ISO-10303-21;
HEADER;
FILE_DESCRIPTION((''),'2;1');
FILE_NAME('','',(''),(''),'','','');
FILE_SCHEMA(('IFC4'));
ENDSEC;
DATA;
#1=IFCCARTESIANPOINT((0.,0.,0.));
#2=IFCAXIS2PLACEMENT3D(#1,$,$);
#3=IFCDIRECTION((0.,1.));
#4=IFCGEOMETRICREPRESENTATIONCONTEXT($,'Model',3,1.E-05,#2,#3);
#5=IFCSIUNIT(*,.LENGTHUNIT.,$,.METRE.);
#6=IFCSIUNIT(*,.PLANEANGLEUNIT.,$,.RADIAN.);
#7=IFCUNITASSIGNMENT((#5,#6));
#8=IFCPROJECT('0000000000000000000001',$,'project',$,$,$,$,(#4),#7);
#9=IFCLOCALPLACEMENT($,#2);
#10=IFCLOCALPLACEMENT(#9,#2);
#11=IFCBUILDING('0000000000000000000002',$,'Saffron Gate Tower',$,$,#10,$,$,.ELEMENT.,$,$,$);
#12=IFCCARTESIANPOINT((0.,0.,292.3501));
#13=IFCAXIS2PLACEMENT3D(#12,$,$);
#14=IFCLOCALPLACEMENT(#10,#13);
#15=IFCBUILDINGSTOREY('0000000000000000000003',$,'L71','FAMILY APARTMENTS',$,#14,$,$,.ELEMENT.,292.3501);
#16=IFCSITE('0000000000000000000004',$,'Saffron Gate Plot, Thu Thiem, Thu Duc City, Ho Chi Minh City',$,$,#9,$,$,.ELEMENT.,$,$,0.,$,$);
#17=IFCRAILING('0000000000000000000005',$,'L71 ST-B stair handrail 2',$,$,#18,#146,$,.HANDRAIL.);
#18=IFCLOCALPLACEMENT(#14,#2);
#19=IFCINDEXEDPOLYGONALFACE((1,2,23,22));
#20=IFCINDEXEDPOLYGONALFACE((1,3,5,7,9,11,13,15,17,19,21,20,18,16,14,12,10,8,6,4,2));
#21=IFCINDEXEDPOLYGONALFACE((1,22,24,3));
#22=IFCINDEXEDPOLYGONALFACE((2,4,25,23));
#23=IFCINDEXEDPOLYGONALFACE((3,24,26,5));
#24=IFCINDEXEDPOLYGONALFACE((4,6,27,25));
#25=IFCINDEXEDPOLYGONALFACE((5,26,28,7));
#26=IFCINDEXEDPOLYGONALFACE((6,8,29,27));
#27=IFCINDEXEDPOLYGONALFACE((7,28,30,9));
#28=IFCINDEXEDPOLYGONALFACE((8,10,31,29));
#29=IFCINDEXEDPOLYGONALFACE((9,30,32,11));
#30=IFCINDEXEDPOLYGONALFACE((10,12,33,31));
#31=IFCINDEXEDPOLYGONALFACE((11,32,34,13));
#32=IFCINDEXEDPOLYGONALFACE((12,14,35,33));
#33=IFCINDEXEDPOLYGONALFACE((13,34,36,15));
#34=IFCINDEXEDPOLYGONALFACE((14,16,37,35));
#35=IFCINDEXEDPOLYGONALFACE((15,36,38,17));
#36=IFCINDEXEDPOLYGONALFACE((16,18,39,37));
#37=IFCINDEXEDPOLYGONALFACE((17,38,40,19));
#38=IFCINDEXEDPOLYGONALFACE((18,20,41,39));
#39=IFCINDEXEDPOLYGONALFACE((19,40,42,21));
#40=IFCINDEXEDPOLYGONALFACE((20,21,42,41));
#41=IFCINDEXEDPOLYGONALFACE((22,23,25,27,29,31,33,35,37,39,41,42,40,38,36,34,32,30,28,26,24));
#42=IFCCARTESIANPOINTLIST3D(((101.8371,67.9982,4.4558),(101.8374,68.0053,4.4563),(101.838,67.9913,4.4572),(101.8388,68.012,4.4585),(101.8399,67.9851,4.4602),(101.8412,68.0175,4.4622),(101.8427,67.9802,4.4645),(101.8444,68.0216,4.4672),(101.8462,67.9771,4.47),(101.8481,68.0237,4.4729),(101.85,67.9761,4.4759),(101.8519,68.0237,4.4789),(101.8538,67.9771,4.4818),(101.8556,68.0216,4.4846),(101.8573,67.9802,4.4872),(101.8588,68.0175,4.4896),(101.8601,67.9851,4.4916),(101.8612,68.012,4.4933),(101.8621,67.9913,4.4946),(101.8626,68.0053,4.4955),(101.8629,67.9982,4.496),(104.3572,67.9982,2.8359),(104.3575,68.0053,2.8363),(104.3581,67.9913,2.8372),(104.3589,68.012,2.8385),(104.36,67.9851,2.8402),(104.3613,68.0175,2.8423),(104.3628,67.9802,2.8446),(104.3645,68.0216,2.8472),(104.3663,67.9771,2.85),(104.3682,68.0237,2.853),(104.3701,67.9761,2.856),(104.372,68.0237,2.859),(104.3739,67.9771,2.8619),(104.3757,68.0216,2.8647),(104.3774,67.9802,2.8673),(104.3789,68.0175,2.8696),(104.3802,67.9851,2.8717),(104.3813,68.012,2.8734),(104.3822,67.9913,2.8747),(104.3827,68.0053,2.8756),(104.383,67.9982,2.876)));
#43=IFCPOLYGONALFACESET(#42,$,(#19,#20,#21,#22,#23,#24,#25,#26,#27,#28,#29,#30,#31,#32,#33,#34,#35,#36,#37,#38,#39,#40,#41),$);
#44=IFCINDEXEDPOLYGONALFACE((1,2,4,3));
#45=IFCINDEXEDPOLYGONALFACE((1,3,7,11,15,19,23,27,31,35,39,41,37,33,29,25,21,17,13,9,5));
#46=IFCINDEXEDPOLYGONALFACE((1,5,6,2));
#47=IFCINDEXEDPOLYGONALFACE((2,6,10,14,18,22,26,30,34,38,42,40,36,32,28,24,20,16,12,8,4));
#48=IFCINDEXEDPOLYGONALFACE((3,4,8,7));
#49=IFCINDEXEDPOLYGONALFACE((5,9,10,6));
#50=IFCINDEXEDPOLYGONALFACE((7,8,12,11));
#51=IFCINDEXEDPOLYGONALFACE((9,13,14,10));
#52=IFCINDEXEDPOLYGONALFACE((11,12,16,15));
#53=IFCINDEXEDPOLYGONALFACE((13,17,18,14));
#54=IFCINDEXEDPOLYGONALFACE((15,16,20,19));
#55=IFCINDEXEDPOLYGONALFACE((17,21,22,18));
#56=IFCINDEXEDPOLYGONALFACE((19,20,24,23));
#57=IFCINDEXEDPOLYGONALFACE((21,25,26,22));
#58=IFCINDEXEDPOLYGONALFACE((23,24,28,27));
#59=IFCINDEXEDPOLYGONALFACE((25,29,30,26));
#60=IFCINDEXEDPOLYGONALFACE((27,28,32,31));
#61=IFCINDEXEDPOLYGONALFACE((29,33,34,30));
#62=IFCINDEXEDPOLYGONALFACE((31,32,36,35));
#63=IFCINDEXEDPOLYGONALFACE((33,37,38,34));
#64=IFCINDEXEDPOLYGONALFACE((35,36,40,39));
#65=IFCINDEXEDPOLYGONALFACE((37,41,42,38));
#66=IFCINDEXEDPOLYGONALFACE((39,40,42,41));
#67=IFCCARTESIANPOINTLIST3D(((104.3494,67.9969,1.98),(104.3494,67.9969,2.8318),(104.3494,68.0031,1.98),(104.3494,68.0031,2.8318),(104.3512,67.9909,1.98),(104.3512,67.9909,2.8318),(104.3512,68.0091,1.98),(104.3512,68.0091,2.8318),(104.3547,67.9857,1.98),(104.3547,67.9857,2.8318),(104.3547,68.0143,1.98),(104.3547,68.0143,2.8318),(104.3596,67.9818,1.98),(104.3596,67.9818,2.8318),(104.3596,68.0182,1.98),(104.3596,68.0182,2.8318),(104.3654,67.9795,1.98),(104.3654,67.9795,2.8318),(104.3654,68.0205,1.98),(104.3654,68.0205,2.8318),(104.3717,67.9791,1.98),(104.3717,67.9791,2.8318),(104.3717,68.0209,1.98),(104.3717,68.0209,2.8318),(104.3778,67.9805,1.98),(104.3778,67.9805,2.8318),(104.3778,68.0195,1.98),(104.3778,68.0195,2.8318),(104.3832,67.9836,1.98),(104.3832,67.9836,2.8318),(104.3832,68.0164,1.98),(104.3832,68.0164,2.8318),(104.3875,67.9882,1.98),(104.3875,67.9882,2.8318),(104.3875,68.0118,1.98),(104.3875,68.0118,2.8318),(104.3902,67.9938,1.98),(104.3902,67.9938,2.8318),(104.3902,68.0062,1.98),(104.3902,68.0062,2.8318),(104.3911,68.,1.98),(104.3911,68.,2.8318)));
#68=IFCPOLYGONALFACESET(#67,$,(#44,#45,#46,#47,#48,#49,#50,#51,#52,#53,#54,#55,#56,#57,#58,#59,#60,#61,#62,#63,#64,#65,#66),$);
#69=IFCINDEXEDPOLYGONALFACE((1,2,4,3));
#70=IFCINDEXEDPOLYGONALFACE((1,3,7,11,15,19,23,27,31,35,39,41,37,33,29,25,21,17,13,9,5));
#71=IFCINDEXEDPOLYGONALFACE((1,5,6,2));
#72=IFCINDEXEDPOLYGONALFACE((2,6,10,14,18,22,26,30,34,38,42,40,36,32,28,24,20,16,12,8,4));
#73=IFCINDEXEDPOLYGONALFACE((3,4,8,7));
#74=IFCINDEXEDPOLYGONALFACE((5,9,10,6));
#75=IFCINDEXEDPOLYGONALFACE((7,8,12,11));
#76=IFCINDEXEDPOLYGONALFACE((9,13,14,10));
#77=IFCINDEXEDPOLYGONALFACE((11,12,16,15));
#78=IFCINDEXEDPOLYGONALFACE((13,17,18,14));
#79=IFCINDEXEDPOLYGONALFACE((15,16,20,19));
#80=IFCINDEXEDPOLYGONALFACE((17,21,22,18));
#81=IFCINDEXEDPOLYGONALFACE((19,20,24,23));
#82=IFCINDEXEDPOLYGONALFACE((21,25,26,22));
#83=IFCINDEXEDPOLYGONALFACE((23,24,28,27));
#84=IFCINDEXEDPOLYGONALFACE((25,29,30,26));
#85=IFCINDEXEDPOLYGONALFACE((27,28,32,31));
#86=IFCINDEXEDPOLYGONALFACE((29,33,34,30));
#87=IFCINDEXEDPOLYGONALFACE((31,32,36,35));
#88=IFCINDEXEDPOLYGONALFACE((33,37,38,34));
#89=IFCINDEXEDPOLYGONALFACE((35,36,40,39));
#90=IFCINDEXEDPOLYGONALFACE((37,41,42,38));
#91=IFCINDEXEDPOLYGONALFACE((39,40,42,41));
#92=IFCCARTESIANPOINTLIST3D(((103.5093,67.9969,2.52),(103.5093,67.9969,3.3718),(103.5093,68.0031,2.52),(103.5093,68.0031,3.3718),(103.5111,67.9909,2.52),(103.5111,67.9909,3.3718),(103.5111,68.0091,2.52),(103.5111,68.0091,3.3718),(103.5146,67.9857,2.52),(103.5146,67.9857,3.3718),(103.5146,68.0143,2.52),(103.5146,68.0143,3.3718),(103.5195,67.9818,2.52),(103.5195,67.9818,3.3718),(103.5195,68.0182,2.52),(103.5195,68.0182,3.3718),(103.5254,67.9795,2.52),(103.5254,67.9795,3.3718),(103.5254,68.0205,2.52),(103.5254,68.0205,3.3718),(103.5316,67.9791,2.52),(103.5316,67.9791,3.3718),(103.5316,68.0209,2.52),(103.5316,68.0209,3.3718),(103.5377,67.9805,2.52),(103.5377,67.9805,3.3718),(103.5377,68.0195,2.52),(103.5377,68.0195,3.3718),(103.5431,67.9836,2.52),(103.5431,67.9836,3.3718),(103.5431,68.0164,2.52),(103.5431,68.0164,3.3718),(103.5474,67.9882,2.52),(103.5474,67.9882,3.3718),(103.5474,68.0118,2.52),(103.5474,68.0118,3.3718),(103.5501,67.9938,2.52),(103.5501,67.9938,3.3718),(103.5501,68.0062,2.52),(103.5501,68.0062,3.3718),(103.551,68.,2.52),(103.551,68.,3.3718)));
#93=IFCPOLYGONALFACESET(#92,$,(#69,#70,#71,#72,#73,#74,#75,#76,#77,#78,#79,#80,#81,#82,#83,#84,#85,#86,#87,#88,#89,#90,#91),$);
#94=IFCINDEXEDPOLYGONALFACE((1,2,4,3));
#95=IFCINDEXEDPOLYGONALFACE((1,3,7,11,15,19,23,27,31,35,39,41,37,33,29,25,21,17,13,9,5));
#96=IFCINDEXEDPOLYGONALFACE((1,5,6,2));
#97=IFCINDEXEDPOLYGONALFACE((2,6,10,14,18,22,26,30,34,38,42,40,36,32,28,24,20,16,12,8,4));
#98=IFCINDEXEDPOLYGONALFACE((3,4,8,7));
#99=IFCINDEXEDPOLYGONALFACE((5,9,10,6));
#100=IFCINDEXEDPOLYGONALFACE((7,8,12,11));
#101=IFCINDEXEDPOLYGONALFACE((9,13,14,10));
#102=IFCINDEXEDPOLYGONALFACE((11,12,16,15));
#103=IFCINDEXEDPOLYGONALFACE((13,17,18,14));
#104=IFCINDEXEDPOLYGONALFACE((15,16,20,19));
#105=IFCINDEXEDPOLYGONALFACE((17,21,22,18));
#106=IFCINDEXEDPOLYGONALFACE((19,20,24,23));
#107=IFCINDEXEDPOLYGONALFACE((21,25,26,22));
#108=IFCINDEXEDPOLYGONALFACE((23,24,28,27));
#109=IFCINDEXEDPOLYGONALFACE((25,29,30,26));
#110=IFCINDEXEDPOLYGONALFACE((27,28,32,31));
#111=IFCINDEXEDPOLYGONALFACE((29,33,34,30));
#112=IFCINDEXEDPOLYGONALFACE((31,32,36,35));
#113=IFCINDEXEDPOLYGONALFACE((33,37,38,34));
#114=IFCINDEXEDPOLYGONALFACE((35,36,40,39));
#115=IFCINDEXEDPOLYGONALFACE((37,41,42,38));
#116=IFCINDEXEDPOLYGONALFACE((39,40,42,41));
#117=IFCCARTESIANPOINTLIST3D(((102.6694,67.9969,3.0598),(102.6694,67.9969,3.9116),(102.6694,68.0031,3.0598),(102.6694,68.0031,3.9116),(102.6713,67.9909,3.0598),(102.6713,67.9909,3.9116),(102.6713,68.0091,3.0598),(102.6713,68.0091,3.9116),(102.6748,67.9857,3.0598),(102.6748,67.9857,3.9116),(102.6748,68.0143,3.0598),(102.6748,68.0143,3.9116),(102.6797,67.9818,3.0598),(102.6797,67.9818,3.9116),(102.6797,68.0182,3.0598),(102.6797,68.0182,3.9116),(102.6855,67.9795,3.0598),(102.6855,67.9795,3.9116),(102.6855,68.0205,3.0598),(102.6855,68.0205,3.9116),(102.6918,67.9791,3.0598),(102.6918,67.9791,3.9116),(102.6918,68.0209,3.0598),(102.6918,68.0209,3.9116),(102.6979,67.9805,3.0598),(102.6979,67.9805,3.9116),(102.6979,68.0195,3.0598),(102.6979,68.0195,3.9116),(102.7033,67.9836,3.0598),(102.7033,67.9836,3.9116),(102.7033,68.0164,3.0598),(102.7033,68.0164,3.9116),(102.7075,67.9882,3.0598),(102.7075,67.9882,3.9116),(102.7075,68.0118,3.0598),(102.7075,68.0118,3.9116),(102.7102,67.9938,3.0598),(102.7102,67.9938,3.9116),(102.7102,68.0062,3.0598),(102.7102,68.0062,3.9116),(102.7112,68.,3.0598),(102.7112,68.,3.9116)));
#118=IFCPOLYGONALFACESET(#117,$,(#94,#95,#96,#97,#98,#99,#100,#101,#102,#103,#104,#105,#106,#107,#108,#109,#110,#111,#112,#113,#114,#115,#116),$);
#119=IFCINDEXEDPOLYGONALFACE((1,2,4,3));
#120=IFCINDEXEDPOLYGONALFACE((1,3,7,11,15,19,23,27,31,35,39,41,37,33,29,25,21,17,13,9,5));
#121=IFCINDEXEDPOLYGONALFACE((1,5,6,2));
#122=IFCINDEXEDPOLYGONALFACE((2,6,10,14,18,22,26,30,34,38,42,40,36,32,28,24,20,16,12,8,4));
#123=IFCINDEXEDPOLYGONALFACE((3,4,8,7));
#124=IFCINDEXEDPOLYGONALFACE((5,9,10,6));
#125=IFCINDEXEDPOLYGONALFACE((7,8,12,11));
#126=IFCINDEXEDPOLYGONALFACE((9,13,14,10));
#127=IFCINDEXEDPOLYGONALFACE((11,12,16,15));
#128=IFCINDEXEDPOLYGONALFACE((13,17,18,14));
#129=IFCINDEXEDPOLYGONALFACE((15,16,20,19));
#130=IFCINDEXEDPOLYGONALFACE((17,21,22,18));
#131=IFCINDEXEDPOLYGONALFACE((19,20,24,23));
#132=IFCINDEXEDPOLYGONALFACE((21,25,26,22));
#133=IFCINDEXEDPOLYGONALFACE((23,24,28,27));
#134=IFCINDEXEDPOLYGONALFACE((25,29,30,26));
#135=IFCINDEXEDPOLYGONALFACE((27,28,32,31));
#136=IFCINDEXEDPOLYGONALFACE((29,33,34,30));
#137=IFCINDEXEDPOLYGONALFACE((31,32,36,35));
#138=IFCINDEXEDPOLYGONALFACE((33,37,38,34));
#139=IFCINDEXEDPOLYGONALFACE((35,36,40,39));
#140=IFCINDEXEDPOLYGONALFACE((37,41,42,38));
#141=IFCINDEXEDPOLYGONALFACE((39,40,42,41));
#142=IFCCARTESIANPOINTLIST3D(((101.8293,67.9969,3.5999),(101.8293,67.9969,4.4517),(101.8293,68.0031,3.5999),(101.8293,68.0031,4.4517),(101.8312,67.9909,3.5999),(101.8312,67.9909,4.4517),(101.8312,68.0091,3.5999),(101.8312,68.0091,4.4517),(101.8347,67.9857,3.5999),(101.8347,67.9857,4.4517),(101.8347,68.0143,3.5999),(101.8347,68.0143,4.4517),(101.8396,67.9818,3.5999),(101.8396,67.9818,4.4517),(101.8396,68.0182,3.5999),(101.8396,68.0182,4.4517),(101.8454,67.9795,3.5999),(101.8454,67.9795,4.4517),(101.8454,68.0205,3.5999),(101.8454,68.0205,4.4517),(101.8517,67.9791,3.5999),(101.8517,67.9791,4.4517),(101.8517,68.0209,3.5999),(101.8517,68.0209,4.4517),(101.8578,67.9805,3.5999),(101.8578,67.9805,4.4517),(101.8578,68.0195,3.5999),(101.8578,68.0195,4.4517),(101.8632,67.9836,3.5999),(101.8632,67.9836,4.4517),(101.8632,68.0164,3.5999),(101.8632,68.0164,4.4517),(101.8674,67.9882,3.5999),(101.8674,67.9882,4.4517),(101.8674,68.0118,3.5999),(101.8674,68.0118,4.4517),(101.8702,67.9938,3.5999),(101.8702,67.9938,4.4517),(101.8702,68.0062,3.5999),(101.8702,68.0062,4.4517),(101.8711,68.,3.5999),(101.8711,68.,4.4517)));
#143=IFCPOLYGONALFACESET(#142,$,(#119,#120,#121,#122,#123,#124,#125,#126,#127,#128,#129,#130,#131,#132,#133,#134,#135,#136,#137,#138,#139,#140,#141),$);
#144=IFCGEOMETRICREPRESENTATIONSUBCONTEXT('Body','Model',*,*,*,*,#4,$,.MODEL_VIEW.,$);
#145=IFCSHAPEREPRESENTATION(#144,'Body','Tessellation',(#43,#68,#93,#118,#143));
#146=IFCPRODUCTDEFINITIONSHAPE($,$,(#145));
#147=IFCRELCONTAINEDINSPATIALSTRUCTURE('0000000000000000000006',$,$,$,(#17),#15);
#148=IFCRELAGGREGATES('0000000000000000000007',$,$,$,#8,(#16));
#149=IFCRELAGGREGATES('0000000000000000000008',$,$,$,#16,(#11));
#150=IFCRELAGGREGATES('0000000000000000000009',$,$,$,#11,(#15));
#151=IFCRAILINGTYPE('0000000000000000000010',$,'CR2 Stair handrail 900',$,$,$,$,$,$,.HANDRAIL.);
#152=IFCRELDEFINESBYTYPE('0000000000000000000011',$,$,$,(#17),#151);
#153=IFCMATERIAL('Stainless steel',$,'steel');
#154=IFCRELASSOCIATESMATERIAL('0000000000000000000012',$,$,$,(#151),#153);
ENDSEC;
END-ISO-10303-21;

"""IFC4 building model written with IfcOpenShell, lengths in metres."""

from ifc_helpers import new_model, si_unit, direction, frame, origin, origin_2d, place, context, subcontext, project, spatial, circle, extrude, material, type_object, element, save


model = new_model("IFC4")

# Units and contexts
model_context = context("Model", 3, precision=1e-05, world=origin(), true_north=direction((0.0, 1.0)))
body_context = subcontext(model_context, "Body", "Model", "MODEL_VIEW")
ifc_project = project(units=[si_unit("LENGTHUNIT", "METRE"), si_unit("PLANEANGLEUNIT", "RADIAN")], contexts=[model_context])

# Site, building, storey
site_placement = place(None, origin())
site = spatial("IfcSite", under=ifc_project, at=site_placement, Name="Saffron Gate Plot, Thu Thiem, Thu Duc City, Ho Chi Minh City", CompositionType="ELEMENT", RefElevation=0.0)
building_placement = place(site_placement, origin())
building = spatial("IfcBuilding", under=site, at=building_placement, Name="Saffron Gate Tower", CompositionType="ELEMENT")
storey_placement = place(building_placement, frame((0.0, 0.0, 292.3501)))
storey = spatial("IfcBuildingStorey", under=building, at=storey_placement, Name="L71", Description="FAMILY APARTMENTS", CompositionType="ELEMENT", Elevation=292.3501)

# Railing
ifc_material_1 = material(Name="Stainless steel", Category="steel")
railing_type_1 = type_object("IfcRailingType", Name="CR2 Stair handrail 900", PredefinedType="HANDRAIL", material=ifc_material_1)
railing_1_placement = place(storey_placement, frame((104.3701, 68.0, 1.98)))
element("IfcRailing", 1, at=railing_1_placement, inside=storey, type_object=railing_type_1, Name="L71 ST-B stair handrail 2", PredefinedType="HANDRAIL", context=body_context, shape_type="SweptSolid", body=[
    extrude(circle(Radius=0.0239, at=origin_2d()), frame((0.0, 0.0, 0.876), z_axis=(-0.8412, 0.0, 0.540725), x_axis=(0.0, -1.0, 0.0)), (0.0, 0.0, 1.0), 2.9958),
    extrude(circle(Radius=0.021, at=origin_2d()), origin(), (0.0, 0.0, 1.0), 0.8518),
    extrude(circle(Radius=0.021, at=origin_2d()), frame((-0.8401, 0.0, 0.54)), (0.0, 0.0, 1.0), 0.8518),
    extrude(circle(Radius=0.021, at=origin_2d()), frame((-1.6799, 0.0, 1.0798)), (0.0, 0.0, 1.0), 0.8518),
    extrude(circle(Radius=0.021, at=origin_2d()), frame((-2.52, 0.0, 1.6199)), (0.0, 0.0, 1.0), 0.8518),
])

save(model, "model.ifc")
